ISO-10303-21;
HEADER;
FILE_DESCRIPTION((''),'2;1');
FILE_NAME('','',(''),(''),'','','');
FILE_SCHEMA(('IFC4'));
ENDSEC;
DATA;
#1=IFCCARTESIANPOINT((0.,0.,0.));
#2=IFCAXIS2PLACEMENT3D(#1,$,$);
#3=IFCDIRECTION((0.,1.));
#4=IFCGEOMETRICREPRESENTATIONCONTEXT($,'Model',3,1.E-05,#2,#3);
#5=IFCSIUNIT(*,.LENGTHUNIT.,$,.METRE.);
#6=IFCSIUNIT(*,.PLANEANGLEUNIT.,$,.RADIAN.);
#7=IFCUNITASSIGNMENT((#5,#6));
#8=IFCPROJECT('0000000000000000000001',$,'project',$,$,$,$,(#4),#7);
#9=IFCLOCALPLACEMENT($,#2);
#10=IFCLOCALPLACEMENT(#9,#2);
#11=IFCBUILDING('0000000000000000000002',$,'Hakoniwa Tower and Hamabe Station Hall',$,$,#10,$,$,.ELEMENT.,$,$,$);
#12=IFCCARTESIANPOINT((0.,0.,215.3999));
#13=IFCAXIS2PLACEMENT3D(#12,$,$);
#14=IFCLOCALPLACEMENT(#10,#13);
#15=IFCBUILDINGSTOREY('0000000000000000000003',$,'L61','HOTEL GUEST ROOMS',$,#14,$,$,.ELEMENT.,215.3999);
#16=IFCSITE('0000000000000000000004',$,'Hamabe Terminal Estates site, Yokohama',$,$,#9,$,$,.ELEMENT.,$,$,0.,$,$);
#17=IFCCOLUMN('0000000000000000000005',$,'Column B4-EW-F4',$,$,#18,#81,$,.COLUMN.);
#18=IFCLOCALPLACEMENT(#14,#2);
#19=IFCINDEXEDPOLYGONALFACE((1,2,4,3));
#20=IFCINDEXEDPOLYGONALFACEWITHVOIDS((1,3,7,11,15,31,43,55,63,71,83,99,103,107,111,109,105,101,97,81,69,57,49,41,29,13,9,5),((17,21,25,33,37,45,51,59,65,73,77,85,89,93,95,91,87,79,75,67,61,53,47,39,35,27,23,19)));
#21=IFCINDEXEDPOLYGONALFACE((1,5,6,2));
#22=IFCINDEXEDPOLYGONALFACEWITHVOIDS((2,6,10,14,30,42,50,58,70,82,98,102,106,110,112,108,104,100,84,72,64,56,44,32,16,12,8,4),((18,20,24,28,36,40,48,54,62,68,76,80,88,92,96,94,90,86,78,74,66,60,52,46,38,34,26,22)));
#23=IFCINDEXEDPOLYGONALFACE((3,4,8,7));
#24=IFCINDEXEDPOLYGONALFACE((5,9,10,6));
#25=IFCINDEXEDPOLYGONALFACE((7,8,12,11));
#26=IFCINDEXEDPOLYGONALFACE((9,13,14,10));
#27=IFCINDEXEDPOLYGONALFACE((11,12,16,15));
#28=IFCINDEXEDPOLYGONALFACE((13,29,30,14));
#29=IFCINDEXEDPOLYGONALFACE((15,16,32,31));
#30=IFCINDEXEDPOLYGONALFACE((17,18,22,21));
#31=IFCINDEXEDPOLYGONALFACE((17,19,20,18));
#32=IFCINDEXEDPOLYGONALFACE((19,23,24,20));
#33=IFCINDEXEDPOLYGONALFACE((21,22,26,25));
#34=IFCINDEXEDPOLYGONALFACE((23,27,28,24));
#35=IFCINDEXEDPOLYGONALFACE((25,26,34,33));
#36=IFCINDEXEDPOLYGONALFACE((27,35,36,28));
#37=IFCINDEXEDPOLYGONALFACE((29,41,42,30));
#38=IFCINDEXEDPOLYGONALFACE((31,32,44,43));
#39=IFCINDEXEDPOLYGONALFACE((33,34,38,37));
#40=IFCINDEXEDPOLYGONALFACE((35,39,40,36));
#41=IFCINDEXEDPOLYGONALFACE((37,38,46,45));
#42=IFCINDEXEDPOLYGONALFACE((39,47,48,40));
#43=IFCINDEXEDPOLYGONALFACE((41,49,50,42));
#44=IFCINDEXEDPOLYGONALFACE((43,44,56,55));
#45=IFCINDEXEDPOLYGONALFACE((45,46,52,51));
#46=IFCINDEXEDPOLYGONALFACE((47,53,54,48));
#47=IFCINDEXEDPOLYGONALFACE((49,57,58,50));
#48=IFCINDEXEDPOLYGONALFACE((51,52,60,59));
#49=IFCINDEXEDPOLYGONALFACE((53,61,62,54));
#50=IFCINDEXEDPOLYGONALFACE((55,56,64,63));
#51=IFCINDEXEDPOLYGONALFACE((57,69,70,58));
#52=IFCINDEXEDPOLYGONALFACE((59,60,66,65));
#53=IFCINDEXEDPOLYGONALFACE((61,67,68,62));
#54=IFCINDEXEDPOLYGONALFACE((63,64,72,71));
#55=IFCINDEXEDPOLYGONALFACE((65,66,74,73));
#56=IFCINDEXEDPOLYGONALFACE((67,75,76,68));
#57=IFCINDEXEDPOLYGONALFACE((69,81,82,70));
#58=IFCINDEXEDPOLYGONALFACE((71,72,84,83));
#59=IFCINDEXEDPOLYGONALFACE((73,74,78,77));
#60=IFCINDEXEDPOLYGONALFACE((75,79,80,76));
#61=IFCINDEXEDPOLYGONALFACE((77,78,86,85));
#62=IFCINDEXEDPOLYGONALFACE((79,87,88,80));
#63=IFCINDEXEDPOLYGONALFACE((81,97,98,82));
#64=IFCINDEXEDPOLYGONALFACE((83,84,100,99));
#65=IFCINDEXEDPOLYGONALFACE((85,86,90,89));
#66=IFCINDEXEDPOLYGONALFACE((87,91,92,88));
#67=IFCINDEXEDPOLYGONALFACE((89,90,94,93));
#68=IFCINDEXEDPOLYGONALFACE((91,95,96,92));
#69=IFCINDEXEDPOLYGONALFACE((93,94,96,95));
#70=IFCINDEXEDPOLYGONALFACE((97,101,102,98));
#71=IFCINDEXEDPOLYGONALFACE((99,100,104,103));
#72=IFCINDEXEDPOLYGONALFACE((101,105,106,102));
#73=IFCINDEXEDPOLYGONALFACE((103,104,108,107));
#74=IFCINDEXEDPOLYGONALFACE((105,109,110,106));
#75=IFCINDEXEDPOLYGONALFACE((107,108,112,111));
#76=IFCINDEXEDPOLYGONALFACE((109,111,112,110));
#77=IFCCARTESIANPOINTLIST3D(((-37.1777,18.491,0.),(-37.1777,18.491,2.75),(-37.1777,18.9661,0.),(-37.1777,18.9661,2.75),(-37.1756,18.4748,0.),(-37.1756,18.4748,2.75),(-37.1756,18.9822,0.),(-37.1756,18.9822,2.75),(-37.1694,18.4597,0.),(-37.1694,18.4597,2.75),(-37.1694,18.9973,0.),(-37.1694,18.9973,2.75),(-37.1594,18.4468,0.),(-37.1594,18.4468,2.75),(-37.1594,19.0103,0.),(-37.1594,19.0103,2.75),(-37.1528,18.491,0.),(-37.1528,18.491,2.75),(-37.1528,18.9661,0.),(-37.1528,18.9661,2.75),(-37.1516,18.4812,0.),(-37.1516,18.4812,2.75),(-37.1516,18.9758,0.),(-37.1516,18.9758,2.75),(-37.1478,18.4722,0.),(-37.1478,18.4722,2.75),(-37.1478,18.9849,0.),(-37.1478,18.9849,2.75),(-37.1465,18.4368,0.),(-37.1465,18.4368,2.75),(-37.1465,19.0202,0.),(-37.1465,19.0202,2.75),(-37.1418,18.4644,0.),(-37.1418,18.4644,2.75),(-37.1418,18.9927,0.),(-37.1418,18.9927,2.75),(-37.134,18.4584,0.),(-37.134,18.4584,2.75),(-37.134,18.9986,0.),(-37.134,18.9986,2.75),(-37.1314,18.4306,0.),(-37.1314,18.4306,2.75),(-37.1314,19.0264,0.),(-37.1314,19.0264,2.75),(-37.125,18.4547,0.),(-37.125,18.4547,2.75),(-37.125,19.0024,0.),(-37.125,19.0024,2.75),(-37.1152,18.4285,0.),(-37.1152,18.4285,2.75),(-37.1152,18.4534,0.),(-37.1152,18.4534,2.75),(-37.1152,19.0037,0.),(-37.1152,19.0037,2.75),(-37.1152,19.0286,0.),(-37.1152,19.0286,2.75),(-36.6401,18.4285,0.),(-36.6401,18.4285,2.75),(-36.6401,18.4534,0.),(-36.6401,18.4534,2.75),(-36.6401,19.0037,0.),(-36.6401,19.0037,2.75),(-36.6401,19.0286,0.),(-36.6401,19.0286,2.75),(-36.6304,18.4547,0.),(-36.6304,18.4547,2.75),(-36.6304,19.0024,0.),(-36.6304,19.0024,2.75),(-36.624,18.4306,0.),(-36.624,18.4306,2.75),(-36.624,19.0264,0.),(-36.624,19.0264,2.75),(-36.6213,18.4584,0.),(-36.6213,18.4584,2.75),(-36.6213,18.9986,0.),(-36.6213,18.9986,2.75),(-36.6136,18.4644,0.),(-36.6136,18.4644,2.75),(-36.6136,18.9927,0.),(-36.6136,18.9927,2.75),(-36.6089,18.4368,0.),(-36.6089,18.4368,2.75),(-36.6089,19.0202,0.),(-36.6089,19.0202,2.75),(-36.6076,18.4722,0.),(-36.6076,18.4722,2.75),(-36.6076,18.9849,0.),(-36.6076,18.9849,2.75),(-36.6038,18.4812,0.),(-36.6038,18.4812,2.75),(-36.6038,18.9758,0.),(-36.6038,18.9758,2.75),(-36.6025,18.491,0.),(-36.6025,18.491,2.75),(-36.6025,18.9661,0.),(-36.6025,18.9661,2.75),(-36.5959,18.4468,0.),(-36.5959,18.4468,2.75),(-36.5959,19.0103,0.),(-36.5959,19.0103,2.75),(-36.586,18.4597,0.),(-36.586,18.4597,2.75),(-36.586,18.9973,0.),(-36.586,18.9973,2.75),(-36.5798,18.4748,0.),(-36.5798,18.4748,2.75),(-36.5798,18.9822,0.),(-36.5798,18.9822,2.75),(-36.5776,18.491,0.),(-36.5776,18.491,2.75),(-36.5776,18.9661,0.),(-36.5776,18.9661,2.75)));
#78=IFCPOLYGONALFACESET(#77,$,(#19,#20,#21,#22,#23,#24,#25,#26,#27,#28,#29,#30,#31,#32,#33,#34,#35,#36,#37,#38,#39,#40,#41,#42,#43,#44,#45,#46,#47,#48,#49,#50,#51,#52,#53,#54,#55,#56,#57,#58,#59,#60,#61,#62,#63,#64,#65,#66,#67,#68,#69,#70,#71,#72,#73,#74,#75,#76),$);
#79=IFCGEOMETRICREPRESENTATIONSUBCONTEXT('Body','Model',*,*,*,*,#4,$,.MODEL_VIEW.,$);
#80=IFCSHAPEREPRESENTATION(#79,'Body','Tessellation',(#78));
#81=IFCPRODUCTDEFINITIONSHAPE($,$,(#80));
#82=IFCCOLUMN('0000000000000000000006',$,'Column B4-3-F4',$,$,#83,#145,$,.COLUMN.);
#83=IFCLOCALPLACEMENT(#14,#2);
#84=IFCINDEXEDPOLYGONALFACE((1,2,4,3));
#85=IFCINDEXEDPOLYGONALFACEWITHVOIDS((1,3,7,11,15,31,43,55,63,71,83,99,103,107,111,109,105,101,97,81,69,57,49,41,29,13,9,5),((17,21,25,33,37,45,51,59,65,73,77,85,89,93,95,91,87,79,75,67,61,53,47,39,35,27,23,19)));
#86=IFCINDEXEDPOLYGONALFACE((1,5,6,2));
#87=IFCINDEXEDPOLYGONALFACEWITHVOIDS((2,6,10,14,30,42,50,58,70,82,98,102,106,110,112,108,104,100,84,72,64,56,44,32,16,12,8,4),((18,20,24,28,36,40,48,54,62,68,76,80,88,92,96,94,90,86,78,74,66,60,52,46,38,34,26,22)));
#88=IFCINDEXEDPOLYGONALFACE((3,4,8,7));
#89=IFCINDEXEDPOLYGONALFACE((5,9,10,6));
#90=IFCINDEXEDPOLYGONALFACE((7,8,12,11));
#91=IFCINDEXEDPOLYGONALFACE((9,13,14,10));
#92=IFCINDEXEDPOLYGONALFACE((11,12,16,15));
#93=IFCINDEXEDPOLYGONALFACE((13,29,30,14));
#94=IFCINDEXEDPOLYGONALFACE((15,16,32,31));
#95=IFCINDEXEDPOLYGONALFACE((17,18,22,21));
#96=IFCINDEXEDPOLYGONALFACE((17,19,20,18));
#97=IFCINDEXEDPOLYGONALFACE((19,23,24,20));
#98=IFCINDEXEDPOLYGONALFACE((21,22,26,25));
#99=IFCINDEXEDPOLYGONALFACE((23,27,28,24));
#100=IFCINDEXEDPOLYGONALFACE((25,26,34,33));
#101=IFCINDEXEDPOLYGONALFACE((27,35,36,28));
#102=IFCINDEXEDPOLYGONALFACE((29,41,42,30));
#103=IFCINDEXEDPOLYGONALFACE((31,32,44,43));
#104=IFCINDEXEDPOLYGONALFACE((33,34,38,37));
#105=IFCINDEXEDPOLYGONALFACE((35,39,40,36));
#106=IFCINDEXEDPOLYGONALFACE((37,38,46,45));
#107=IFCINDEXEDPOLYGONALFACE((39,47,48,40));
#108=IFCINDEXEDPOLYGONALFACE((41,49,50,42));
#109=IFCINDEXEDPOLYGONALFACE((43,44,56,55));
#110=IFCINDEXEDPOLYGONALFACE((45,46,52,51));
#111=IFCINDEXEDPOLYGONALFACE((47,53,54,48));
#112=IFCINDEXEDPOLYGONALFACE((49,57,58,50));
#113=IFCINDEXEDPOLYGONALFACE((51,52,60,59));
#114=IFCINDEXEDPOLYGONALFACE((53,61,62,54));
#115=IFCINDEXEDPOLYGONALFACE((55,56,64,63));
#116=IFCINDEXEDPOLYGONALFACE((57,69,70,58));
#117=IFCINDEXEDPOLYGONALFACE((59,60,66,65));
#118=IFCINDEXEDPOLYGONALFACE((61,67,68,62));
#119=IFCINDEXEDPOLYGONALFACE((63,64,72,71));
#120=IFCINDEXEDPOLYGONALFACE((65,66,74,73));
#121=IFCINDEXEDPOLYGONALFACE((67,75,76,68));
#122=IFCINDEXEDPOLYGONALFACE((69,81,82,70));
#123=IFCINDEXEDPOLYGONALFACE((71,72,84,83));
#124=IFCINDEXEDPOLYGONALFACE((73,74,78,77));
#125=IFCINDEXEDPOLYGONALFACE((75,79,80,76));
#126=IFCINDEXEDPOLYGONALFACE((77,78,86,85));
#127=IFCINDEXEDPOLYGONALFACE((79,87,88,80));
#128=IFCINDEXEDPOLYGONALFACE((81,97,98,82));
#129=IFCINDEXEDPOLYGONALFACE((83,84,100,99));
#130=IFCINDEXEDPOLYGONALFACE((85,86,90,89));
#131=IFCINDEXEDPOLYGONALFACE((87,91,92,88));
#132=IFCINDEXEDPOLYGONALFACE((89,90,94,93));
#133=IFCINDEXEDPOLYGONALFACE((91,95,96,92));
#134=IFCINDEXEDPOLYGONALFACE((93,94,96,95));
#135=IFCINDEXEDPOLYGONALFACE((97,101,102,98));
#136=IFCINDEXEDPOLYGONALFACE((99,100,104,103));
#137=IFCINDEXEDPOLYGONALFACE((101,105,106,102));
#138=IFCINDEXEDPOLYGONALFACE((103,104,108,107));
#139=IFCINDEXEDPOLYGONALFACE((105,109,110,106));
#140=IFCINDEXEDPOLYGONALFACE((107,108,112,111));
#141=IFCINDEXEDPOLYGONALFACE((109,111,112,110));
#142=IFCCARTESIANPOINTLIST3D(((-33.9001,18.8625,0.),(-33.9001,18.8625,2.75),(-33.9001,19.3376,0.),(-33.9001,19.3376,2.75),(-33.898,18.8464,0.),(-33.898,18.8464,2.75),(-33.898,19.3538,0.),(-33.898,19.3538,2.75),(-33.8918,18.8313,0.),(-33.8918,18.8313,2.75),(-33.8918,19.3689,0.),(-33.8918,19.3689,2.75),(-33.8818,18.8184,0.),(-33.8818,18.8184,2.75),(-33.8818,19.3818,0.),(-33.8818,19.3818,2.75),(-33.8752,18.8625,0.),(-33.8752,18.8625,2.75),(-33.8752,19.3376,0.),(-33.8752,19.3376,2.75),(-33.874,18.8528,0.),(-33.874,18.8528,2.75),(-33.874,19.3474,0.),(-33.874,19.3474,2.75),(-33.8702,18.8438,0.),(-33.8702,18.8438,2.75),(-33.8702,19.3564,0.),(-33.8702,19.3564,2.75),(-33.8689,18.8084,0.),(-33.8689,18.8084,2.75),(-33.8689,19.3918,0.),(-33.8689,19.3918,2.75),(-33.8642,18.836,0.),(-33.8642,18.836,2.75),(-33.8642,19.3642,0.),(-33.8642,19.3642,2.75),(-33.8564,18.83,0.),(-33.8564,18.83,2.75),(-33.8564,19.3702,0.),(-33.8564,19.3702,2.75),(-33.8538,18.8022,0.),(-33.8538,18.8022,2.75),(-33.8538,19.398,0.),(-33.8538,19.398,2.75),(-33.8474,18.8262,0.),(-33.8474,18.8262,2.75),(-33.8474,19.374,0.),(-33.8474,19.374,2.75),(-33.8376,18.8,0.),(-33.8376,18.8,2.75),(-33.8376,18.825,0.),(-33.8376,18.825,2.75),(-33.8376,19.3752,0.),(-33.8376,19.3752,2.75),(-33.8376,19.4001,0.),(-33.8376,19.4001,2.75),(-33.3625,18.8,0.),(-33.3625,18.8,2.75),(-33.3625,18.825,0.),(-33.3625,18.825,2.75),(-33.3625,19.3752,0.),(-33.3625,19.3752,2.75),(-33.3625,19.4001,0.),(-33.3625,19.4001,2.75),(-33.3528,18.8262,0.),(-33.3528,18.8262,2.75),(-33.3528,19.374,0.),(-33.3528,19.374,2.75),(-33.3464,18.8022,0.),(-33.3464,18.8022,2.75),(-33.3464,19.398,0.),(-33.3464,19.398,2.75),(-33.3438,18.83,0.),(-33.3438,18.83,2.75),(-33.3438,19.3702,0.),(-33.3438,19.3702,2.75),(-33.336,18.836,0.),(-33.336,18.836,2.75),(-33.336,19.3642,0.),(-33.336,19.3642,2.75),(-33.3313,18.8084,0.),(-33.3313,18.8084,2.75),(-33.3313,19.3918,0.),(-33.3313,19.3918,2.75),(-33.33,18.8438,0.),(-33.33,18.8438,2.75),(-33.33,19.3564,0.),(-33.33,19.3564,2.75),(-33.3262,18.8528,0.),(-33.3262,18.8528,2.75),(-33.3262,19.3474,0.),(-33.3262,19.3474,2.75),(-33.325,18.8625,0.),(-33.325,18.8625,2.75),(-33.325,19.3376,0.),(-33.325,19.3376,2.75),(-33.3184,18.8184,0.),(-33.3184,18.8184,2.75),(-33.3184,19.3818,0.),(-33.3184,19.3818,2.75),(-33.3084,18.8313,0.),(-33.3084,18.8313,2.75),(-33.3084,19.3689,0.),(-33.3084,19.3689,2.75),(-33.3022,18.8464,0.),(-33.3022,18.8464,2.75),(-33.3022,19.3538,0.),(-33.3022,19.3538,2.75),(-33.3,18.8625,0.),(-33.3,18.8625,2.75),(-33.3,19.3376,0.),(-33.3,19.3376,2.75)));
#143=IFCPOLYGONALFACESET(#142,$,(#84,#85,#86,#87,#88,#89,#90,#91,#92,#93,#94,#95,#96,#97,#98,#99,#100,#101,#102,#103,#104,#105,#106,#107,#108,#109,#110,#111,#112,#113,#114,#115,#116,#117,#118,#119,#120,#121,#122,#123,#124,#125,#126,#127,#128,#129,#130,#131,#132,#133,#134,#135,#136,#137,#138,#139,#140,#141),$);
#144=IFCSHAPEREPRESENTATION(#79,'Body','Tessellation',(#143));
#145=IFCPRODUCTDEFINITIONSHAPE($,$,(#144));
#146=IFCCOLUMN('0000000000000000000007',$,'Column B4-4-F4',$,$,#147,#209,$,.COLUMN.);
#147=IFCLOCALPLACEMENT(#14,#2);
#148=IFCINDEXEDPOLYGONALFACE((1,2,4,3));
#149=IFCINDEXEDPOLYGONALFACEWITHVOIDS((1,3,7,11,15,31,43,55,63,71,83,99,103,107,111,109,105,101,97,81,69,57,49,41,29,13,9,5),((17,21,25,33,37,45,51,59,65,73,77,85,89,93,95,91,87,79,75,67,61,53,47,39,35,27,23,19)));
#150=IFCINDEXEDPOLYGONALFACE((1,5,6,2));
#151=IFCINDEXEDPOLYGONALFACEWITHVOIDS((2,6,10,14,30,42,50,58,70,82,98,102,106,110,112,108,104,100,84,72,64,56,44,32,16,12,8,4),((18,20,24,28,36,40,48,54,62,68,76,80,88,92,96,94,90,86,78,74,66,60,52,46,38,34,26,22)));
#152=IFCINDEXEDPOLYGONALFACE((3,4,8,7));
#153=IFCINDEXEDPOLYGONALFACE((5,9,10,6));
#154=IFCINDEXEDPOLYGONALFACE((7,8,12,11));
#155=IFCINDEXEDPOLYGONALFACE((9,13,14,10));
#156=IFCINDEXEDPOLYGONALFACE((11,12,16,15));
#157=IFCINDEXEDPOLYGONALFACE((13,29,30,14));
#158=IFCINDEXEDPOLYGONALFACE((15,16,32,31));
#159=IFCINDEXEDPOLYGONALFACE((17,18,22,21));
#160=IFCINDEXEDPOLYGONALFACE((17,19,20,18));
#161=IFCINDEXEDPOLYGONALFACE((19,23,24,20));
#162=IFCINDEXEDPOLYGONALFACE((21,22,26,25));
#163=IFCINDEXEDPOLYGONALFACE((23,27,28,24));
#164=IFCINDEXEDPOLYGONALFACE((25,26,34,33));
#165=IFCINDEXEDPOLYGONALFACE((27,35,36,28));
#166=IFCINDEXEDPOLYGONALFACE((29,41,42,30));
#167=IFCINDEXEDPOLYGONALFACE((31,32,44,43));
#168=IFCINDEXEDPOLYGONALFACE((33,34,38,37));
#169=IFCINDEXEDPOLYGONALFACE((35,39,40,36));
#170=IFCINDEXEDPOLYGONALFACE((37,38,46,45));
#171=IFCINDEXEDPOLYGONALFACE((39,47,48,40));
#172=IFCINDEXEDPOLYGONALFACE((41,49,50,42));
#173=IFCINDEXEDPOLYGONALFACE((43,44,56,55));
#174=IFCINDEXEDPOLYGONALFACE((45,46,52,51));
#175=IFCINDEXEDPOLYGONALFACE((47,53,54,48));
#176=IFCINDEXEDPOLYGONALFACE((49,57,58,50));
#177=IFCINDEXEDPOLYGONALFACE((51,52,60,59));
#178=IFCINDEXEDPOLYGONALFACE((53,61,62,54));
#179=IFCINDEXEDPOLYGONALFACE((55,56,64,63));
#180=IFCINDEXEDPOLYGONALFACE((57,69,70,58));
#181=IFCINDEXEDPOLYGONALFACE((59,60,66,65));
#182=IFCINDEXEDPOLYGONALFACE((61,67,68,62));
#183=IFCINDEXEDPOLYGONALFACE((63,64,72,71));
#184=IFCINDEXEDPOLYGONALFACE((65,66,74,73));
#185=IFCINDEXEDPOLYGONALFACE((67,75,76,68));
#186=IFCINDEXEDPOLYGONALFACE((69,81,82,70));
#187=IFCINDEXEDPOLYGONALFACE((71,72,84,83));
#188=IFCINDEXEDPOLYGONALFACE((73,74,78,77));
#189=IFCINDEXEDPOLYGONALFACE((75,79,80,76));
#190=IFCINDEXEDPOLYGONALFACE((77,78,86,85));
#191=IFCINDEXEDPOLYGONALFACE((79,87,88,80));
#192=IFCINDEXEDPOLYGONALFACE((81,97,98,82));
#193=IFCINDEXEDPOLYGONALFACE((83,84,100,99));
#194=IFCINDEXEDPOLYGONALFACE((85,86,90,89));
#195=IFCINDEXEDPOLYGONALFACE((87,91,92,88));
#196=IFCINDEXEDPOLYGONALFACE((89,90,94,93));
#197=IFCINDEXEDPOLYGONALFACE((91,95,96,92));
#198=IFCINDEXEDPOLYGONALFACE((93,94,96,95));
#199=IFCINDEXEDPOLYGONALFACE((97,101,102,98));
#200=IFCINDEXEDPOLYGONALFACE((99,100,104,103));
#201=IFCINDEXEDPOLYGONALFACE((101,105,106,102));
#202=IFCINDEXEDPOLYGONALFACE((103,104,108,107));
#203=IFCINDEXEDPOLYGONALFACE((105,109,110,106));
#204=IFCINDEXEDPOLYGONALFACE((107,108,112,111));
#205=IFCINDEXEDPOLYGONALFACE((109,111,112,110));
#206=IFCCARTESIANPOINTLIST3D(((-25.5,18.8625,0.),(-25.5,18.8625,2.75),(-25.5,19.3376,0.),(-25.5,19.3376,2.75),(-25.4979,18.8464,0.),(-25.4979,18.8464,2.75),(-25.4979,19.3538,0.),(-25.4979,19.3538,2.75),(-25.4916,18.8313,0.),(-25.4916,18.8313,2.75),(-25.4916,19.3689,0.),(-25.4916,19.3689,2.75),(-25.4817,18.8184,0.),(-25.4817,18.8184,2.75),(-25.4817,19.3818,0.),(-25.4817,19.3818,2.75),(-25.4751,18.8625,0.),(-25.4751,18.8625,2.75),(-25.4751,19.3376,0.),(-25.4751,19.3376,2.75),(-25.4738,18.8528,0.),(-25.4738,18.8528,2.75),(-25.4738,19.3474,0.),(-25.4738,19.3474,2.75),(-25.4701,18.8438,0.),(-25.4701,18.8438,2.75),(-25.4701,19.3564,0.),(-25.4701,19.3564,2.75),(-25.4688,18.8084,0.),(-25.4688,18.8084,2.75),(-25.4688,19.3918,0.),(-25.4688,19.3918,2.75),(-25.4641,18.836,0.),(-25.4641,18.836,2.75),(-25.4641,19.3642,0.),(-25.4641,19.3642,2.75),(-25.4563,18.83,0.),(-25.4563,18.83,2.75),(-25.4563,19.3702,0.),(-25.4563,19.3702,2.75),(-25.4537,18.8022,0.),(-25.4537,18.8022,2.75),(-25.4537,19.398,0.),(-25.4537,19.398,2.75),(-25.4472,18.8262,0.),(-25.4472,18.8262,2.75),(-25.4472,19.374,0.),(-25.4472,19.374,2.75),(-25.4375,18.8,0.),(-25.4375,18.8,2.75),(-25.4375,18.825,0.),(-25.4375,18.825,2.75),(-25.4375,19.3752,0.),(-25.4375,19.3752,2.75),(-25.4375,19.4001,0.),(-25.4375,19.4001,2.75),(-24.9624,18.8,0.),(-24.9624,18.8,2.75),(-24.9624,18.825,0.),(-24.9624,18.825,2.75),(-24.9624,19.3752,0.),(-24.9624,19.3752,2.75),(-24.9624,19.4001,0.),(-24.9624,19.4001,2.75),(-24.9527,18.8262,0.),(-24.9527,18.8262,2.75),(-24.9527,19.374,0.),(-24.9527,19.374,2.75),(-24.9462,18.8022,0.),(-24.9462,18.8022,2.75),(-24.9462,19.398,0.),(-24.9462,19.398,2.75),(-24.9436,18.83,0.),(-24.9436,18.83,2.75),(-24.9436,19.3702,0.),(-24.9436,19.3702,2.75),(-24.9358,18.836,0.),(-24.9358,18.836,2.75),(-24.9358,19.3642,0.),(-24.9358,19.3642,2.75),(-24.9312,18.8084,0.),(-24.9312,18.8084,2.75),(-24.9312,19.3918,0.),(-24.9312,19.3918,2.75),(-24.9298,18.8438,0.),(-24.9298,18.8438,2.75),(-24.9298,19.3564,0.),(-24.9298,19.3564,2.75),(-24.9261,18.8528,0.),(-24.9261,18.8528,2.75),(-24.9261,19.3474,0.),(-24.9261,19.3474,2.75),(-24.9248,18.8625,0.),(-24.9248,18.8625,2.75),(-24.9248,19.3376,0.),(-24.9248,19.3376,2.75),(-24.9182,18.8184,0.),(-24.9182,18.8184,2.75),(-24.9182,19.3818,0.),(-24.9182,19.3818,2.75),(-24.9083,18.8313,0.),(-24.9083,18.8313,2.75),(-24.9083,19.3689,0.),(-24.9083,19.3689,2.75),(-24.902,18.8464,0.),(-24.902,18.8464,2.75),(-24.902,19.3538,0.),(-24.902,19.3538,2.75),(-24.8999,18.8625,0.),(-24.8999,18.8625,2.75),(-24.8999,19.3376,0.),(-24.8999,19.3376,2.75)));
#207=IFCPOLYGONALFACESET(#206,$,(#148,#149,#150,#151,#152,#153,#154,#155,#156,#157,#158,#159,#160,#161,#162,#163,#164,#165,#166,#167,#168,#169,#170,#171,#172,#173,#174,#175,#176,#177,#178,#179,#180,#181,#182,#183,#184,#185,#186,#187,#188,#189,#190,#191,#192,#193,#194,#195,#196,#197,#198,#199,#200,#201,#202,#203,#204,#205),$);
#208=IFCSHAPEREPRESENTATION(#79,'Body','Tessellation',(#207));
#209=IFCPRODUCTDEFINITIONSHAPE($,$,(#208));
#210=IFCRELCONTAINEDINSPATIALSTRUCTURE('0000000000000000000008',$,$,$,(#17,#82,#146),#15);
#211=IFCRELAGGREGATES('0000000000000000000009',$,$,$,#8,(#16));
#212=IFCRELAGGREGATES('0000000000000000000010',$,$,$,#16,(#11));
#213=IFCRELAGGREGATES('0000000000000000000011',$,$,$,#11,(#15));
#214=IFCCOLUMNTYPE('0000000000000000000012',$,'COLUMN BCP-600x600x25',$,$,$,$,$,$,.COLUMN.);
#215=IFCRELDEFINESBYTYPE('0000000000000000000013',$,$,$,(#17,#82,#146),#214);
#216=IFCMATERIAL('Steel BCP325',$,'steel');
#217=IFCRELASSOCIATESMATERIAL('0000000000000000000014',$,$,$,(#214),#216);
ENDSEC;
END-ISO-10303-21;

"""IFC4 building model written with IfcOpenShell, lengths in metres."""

from ifc_helpers import new_model, si_unit, direction, frame, origin, origin_2d, place, context, subcontext, project, spatial, hollow_rectangle, extrude, material, material_profile, profile_set, type_object, element, save


model = new_model("IFC4")

# Units and contexts
model_context = context("Model", 3, precision=1e-05, world=origin(), true_north=direction((0.0, 1.0)))
body_context = subcontext(model_context, "Body", "Model", "MODEL_VIEW")
ifc_project = project(units=[si_unit("LENGTHUNIT", "METRE"), si_unit("PLANEANGLEUNIT", "RADIAN")], contexts=[model_context])

# Site, building, storey
site_placement = place(None, origin())
site = spatial("IfcSite", under=ifc_project, at=site_placement, Name="Hamabe Terminal Estates site, Yokohama", CompositionType="ELEMENT", RefElevation=0.0)
building_placement = place(site_placement, origin())
building = spatial("IfcBuilding", under=site, at=building_placement, Name="Hakoniwa Tower and Hamabe Station Hall", CompositionType="ELEMENT")
storey_placement = place(building_placement, frame((0.0, 0.0, 215.3999)))
storey = spatial("IfcBuildingStorey", under=building, at=storey_placement, Name="L61", Description="HOTEL GUEST ROOMS", CompositionType="ELEMENT", Elevation=215.3999)

# Columns
ifc_material_1 = material(Name="Steel BCP325", Category="steel")
ifc_material_profile_1 = material_profile(ifc_material_1, hollow_rectangle(XDim=0.6001, YDim=0.6001, WallThickness=0.0249, InnerFilletRadius=0.0376, OuterFilletRadius=0.0625, at=origin_2d()), Name="BCP-600x600x25")
ifc_profile_set_1 = profile_set([ifc_material_profile_1], Name="Steel BCP325")
column_type = type_object("IfcColumnType", Name="COLUMN BCP-600x600x25", PredefinedType="COLUMN", material=ifc_profile_set_1)
for number, where, z_axis, x_axis, name in (
    (1, (-36.8777, 18.7285, 0.0), (0.0, 0.0, 1.0), (1.0, 0.0, 0.0), "Column B4-EW-F4"),
    (2, (-33.6001, 19.1001, 0.0), (0.0, 0.0, 1.0), (1.0, 0.0, 0.0), "Column B4-3-F4"),
    (3, (-25.2, 19.1001, 0.0), (0.0, 0.0, 1.0), (1.0, 0.0, 0.0), "Column B4-4-F4"),
):
    element("IfcColumn", number, at=place(storey_placement, frame(where, z_axis=z_axis, x_axis=x_axis)), inside=storey, type_object=column_type, Name=name, PredefinedType="COLUMN", context=body_context, shape_type="SweptSolid", body=[
        extrude(hollow_rectangle(XDim=0.6001, YDim=0.6001, WallThickness=0.0249, InnerFilletRadius=0.0376, OuterFilletRadius=0.0625, at=origin_2d()), origin(), (0.0, 0.0, 1.0), 2.75),
    ])

save(model, "model.ifc")
